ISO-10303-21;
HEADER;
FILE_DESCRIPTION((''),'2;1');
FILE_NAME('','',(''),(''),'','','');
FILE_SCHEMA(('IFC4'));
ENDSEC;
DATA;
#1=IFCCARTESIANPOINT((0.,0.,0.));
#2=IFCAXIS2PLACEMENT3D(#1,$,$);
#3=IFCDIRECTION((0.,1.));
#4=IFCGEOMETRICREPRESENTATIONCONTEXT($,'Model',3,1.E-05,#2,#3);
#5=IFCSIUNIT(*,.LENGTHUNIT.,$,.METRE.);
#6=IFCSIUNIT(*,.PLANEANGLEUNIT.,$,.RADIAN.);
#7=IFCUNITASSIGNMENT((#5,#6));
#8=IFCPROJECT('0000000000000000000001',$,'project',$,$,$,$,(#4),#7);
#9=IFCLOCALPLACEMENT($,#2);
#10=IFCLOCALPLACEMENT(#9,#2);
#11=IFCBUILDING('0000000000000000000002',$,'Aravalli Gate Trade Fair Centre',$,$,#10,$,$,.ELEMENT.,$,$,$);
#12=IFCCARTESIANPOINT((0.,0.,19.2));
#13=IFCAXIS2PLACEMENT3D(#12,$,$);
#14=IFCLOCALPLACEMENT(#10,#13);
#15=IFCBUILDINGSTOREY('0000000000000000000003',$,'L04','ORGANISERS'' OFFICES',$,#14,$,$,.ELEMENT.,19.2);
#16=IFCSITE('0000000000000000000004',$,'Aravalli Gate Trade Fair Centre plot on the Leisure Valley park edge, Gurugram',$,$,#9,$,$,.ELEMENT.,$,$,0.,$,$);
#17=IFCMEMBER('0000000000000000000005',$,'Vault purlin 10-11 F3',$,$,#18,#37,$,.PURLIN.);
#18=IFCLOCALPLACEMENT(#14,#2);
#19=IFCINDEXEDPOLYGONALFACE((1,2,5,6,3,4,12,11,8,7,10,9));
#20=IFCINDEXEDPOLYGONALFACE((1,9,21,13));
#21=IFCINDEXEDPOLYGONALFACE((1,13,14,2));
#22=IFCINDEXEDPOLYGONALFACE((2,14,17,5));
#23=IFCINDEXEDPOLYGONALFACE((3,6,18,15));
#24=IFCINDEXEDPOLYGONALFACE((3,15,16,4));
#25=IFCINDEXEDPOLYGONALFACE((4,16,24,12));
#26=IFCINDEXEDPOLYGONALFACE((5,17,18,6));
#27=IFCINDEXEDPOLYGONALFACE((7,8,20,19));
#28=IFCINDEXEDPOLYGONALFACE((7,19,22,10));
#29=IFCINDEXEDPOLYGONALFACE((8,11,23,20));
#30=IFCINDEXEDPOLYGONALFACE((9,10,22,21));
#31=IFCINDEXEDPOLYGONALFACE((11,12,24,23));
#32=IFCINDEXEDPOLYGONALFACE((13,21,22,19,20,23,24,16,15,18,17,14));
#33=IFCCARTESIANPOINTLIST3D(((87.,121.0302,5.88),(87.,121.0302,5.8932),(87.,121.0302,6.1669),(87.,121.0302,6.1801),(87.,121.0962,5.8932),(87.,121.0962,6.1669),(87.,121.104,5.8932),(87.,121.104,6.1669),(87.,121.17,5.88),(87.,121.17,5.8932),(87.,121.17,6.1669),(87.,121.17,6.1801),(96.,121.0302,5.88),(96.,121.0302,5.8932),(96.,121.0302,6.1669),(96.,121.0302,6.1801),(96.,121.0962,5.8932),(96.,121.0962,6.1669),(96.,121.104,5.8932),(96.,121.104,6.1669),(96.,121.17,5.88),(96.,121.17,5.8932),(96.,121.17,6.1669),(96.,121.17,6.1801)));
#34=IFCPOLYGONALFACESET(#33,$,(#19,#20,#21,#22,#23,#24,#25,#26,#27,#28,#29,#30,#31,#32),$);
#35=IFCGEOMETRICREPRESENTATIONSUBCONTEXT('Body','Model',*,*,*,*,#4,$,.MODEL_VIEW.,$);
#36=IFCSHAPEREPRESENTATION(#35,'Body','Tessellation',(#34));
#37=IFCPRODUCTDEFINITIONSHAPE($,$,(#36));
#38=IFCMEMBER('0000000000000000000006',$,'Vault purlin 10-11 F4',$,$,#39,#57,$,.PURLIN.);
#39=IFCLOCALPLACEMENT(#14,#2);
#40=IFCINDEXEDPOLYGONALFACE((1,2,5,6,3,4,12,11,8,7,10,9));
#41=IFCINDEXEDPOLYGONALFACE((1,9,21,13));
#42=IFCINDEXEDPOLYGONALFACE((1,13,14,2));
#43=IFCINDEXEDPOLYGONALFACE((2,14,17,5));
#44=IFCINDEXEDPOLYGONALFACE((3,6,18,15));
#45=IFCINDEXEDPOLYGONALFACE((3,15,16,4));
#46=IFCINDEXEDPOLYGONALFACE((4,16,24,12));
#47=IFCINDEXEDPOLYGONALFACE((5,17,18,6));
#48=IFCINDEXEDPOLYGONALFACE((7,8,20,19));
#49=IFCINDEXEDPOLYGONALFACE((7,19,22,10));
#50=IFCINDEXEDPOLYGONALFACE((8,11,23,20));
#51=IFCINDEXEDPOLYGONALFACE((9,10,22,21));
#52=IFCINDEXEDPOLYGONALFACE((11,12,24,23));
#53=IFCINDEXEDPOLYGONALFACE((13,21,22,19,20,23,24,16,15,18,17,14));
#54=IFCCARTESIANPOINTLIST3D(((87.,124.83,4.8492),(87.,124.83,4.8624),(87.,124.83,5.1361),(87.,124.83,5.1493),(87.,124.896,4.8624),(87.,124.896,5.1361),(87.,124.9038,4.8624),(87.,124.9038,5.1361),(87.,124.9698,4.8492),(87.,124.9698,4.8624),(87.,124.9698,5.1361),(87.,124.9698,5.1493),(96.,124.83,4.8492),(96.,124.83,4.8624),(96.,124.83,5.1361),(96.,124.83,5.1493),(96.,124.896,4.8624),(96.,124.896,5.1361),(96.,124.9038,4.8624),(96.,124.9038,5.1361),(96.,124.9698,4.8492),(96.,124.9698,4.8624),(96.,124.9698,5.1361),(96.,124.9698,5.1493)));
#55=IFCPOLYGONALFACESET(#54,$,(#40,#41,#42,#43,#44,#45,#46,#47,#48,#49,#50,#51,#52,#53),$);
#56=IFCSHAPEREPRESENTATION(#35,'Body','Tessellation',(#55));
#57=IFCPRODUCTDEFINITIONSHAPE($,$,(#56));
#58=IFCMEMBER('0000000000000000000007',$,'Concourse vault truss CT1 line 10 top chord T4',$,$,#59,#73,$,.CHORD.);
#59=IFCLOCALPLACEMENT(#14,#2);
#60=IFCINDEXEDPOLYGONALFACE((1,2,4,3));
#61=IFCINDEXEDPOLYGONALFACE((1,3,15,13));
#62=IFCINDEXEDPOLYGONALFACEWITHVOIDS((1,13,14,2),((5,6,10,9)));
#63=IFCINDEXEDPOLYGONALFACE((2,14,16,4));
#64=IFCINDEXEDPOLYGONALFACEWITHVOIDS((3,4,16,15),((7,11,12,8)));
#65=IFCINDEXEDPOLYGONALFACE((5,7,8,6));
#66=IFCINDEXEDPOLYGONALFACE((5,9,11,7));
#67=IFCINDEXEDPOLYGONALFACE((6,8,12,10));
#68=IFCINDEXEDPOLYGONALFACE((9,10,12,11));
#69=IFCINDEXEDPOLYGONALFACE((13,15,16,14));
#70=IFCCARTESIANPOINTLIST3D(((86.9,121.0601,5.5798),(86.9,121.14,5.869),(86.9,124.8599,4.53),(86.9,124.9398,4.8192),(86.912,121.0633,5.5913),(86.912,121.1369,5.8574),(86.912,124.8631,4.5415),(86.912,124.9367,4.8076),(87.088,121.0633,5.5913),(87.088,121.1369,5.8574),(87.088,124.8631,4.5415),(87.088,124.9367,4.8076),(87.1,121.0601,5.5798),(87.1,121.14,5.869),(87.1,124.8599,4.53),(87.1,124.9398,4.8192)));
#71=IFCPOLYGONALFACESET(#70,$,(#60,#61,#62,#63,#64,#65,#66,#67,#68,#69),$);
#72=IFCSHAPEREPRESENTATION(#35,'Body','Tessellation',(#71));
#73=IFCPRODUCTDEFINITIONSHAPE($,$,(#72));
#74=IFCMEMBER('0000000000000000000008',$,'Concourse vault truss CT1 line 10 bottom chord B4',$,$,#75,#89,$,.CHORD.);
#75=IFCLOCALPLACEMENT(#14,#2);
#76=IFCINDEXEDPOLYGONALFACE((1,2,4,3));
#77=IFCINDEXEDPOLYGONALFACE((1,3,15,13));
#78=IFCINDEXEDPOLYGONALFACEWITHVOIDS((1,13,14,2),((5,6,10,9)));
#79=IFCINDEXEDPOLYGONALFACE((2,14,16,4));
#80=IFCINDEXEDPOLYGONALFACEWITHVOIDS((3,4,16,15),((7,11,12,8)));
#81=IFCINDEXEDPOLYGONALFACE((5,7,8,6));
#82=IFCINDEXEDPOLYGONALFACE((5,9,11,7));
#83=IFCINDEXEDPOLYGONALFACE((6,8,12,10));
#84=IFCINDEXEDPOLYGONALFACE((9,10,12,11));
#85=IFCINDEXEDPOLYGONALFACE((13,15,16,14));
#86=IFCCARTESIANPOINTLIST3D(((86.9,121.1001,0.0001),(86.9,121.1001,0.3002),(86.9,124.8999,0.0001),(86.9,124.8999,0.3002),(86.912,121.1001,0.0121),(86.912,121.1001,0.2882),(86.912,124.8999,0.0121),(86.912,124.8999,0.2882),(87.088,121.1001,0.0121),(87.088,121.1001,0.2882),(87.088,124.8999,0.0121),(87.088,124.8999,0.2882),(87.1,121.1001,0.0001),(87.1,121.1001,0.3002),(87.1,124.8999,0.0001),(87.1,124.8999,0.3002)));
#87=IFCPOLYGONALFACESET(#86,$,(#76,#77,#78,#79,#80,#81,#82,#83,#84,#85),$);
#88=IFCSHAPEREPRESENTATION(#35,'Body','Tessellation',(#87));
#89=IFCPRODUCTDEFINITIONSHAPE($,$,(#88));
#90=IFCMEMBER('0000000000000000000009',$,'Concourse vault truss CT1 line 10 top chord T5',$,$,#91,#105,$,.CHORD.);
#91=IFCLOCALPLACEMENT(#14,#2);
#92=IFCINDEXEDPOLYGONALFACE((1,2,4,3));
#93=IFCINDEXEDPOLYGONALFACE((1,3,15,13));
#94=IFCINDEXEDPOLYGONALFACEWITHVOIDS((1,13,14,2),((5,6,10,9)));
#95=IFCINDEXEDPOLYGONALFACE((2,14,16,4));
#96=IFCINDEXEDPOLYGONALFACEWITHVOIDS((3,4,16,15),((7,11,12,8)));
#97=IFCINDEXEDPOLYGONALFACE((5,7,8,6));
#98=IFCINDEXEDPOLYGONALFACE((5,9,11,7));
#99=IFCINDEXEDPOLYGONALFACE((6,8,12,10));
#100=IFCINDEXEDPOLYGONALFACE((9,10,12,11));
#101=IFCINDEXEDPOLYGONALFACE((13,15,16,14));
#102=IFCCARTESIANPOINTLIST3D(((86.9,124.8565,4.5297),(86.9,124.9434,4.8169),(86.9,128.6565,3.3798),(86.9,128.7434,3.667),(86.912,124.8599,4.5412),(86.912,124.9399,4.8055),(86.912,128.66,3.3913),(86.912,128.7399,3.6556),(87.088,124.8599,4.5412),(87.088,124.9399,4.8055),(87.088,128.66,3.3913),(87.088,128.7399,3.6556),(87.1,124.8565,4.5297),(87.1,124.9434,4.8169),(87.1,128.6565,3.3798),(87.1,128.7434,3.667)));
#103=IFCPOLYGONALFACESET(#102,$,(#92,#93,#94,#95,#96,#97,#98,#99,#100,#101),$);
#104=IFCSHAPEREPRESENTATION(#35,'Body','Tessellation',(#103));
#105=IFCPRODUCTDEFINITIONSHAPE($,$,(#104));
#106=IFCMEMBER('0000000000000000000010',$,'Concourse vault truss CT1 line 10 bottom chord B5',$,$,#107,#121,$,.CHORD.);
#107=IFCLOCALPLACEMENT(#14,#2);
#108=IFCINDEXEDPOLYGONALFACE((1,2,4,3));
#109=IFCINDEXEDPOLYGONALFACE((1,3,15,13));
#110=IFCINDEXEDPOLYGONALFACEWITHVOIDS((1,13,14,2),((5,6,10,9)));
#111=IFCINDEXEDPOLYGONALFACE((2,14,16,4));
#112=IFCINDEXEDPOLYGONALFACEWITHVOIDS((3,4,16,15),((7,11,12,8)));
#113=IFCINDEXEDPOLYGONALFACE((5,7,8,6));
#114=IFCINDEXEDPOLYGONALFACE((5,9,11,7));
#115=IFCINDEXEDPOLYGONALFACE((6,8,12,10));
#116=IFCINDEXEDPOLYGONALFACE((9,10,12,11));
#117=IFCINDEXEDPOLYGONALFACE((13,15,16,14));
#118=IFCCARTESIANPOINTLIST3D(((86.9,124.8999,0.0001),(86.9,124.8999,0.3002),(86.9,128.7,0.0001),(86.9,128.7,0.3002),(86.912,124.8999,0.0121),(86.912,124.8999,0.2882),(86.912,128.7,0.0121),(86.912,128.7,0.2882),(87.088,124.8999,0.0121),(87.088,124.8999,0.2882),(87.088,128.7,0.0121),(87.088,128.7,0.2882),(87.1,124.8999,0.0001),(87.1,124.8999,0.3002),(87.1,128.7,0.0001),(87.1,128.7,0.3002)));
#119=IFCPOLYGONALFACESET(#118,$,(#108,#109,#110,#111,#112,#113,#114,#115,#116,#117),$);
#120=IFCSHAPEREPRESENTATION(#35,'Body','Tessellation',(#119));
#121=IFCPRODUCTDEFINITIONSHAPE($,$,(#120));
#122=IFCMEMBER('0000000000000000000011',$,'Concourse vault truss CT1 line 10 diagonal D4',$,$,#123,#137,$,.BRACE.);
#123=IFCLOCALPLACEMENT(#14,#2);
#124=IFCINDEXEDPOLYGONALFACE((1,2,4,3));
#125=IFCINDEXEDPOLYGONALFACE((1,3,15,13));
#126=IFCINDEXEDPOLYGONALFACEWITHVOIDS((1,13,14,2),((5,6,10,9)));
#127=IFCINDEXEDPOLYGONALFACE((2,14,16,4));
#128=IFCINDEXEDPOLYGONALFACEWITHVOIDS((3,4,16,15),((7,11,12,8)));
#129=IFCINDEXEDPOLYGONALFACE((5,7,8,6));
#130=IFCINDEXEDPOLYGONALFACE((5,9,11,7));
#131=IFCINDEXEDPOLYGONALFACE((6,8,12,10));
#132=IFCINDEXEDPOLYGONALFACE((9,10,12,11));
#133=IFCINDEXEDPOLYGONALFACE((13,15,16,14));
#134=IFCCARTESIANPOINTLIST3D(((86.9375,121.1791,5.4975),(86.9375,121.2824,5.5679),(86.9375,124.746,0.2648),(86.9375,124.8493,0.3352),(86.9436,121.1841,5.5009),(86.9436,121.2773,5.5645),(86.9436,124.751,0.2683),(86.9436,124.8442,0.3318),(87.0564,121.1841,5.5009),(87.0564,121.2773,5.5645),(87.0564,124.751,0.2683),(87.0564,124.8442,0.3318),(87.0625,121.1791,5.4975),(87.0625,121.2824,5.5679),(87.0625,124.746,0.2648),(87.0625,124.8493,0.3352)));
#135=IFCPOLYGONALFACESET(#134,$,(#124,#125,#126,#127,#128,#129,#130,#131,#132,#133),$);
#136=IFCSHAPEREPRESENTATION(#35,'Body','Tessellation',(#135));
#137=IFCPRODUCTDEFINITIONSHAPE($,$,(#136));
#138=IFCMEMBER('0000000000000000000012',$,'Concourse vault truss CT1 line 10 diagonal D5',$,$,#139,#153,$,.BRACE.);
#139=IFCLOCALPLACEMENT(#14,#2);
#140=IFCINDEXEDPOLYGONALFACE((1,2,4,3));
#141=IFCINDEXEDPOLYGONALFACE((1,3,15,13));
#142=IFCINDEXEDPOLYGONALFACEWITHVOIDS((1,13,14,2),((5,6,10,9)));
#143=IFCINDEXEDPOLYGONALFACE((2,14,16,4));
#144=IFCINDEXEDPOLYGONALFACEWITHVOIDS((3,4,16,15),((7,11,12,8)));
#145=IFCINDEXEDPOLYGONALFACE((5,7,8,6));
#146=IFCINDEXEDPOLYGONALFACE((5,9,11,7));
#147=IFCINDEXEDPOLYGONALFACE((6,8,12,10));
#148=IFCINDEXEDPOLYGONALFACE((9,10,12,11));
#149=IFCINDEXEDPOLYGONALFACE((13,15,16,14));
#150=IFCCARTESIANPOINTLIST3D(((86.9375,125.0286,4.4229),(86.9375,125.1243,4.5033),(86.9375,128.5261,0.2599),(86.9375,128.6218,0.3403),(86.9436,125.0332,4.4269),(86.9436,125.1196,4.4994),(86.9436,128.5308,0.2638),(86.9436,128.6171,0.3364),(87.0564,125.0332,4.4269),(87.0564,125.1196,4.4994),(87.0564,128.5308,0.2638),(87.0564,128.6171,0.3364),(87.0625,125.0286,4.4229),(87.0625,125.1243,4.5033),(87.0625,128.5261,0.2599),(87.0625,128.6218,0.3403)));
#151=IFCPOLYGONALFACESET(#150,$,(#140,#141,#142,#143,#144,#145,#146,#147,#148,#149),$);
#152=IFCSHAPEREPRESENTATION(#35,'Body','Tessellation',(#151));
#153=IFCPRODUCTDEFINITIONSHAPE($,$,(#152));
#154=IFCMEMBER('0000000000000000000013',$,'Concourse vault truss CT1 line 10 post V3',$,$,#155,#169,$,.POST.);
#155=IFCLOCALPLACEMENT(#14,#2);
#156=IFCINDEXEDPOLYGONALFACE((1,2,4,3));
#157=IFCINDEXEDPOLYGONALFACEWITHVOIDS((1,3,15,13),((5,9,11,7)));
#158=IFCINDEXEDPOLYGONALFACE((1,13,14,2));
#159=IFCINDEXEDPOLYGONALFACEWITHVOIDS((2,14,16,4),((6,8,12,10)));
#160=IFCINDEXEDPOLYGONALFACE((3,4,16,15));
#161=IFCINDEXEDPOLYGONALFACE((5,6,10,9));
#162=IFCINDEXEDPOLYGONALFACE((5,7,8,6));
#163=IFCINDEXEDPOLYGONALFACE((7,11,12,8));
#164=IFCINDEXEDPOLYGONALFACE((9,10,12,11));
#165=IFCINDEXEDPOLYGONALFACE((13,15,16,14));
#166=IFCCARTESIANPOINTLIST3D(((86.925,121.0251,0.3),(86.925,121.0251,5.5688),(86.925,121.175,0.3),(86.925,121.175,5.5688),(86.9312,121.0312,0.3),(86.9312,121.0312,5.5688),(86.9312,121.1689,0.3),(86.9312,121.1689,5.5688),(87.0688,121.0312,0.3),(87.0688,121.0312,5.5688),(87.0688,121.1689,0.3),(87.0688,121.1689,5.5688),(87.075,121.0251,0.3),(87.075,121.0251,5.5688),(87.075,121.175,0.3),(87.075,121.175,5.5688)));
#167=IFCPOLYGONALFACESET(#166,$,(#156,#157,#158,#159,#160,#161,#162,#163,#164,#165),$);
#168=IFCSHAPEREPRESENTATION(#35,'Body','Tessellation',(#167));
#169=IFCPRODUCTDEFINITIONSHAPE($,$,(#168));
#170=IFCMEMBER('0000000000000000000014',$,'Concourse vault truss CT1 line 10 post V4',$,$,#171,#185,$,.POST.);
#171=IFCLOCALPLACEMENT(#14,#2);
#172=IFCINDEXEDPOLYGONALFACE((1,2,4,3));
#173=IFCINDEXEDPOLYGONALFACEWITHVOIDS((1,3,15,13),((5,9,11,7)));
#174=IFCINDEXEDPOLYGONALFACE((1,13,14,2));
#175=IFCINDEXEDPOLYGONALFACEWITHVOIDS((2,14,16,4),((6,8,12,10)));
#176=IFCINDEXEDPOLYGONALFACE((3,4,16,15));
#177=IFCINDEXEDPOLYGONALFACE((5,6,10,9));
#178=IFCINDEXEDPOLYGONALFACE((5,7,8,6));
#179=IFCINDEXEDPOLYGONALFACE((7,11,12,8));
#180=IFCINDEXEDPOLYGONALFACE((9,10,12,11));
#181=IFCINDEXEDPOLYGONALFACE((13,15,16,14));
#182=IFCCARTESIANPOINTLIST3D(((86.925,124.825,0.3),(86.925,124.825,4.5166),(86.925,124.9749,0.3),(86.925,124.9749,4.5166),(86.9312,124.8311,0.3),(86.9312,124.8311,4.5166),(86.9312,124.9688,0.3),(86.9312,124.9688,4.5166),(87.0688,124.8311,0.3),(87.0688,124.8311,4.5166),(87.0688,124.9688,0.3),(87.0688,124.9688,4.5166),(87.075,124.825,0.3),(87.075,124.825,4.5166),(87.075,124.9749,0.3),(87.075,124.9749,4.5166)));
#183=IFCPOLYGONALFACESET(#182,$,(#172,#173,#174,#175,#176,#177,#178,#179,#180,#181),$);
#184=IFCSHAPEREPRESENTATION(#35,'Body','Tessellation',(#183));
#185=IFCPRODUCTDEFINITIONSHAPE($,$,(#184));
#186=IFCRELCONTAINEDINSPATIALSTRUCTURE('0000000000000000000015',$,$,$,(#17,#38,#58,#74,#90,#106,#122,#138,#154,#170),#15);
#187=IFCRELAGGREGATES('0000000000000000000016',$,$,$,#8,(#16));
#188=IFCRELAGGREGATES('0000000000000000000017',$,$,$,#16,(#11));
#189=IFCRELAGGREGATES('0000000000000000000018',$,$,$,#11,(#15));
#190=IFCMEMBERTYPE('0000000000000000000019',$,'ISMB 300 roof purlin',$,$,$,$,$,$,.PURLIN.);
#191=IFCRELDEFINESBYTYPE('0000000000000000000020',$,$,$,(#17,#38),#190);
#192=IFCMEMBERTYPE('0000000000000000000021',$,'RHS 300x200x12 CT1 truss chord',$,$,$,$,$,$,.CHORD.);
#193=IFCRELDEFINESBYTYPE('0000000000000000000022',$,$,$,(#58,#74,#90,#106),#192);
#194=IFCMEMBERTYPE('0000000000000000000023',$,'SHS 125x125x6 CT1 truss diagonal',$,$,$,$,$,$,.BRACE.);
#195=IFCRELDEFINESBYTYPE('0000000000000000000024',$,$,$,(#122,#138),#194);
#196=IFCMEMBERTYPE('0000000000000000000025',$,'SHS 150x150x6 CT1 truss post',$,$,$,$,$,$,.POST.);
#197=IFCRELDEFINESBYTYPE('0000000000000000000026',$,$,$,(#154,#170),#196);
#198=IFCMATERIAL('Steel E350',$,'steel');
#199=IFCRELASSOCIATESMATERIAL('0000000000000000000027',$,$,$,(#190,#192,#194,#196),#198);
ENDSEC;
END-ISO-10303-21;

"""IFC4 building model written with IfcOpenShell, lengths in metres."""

from ifc_helpers import new_model, si_unit, direction, frame, origin, origin_2d, place, context, subcontext, project, spatial, hollow_rectangle, i_section, extrude, material, material_profile, profile_set, type_object, element, save


model = new_model("IFC4")

# Units and contexts
model_context = context("Model", 3, precision=1e-05, world=origin(), true_north=direction((0.0, 1.0)))
body_context = subcontext(model_context, "Body", "Model", "MODEL_VIEW")
ifc_project = project(units=[si_unit("LENGTHUNIT", "METRE"), si_unit("PLANEANGLEUNIT", "RADIAN")], contexts=[model_context])

# Site, building, storey
site_placement = place(None, origin())
site = spatial("IfcSite", under=ifc_project, at=site_placement, Name="Aravalli Gate Trade Fair Centre plot on the Leisure Valley park edge, Gurugram", CompositionType="ELEMENT", RefElevation=0.0)
building_placement = place(site_placement, origin())
building = spatial("IfcBuilding", under=site, at=building_placement, Name="Aravalli Gate Trade Fair Centre", CompositionType="ELEMENT")
storey_placement = place(building_placement, frame((0.0, 0.0, 19.2)))
storey = spatial("IfcBuildingStorey", under=building, at=storey_placement, Name="L04", Description="ORGANISERS' OFFICES", CompositionType="ELEMENT", Elevation=19.2)

# Members
ifc_material_1 = material(Name="Steel E350", Category="steel")
ifc_material_profile_1 = material_profile(ifc_material_1, i_section(OverallWidth=0.1399, OverallDepth=0.3, WebThickness=0.0078, FlangeThickness=0.0132, at=origin_2d()), Name="ISMB 300")
ifc_profile_set_1 = profile_set([ifc_material_profile_1], Name="Steel E350")
member_type_1 = type_object("IfcMemberType", Name="ISMB 300 roof purlin", PredefinedType="PURLIN", material=ifc_profile_set_1)
for number, where, z_axis, x_axis, name in (
    (1, (87.0, 121.1001, 6.03), (1.0, 0.0, 0.0), (0.0, 1.0, 0.0), "Vault purlin 10-11 F3"),
    (2, (87.0, 124.8999, 4.9993), (1.0, 0.0, 0.0), (0.0, 1.0, 0.0), "Vault purlin 10-11 F4"),
):
    element("IfcMember", number, at=place(storey_placement, frame(where, z_axis=z_axis, x_axis=x_axis)), inside=storey, type_object=member_type_1, Name=name, PredefinedType="PURLIN", context=body_context, shape_type="SweptSolid", body=[
        extrude(i_section(OverallWidth=0.1399, OverallDepth=0.3, WebThickness=0.0078, FlangeThickness=0.0132, at=origin_2d()), origin(), (0.0, 0.0, 1.0), 9.0),
    ])
ifc_material_profile_2 = material_profile(ifc_material_1, hollow_rectangle(XDim=0.2, YDim=0.3, WallThickness=0.012, at=origin_2d()), Name="RHS 300x200x12")
ifc_profile_set_2 = profile_set([ifc_material_profile_2], Name="Steel E350")
member_type_2 = type_object("IfcMemberType", Name="RHS 300x200x12 CT1 truss chord", PredefinedType="CHORD", material=ifc_profile_set_2)
member_1_placement = place(storey_placement, frame((87.0, 121.1001, 5.7244), z_axis=(0.0, 0.96389, -0.266302), x_axis=(-1.0, 0.0, 0.0)))
element("IfcMember", 3, at=member_1_placement, inside=storey, type_object=member_type_2, Name="Concourse vault truss CT1 line 10 top chord T4", PredefinedType="CHORD", context=body_context, shape_type="SweptSolid", body=[
    extrude(hollow_rectangle(XDim=0.2, YDim=0.3, WallThickness=0.012, at=origin_2d()), origin(), (0.0, 0.0, 1.0), 3.9421),
])
member_2_placement = place(storey_placement, frame((87.0, 121.1001, 0.1501), z_axis=(0.0, 1.0, 0.0), x_axis=(-1.0, 0.0, 0.0)))
element("IfcMember", 4, at=member_2_placement, inside=storey, type_object=member_type_2, Name="Concourse vault truss CT1 line 10 bottom chord B4", PredefinedType="CHORD", context=body_context, shape_type="SweptSolid", body=[
    extrude(hollow_rectangle(XDim=0.2, YDim=0.3, WallThickness=0.012, at=origin_2d()), origin(), (0.0, 0.0, 1.0), 3.7998),
])
member_3_placement = place(storey_placement, frame((87.0, 124.8999, 4.6733), z_axis=(0.0, 0.957138, -0.289632), x_axis=(-1.0, 0.0, 0.0)))
element("IfcMember", 5, at=member_3_placement, inside=storey, type_object=member_type_2, Name="Concourse vault truss CT1 line 10 top chord T5", PredefinedType="CHORD", context=body_context, shape_type="SweptSolid", body=[
    extrude(hollow_rectangle(XDim=0.2, YDim=0.3, WallThickness=0.012, at=origin_2d()), origin(), (0.0, 0.0, 1.0), 3.9702),
])
member_4_placement = place(storey_placement, frame((87.0, 124.8999, 0.1501), z_axis=(0.0, 1.0, 0.0), x_axis=(-1.0, 0.0, 0.0)))
element("IfcMember", 6, at=member_4_placement, inside=storey, type_object=member_type_2, Name="Concourse vault truss CT1 line 10 bottom chord B5", PredefinedType="CHORD", context=body_context, shape_type="SweptSolid", body=[
    extrude(hollow_rectangle(XDim=0.2, YDim=0.3, WallThickness=0.012, at=origin_2d()), origin(), (0.0, 0.0, 1.0), 3.8),
])
ifc_material_profile_3 = material_profile(ifc_material_1, hollow_rectangle(XDim=0.125, YDim=0.125, WallThickness=0.0061, at=origin_2d()), Name="SHS 125x125x6")
ifc_profile_set_3 = profile_set([ifc_material_profile_3], Name="Steel E350")
member_type_3 = type_object("IfcMemberType", Name="SHS 125x125x6 CT1 truss diagonal", PredefinedType="BRACE", material=ifc_profile_set_3)
member_5_placement = place(storey_placement, frame((87.0, 121.2307, 5.5327), z_axis=(0.0, 0.563247, -0.826289), x_axis=(-1.0, 0.0, 0.0)))
element("IfcMember", 7, at=member_5_placement, inside=storey, type_object=member_type_3, Name="Concourse vault truss CT1 line 10 diagonal D4", PredefinedType="BRACE", context=body_context, shape_type="SweptSolid", body=[
    extrude(hollow_rectangle(XDim=0.125, YDim=0.125, WallThickness=0.0061, at=origin_2d()), origin(), (0.0, 0.0, 1.0), 6.3328),
])
member_6_placement = place(storey_placement, frame((87.0, 125.0764, 4.4631), z_axis=(0.0, 0.643253, -0.765654), x_axis=(-1.0, 0.0, 0.0)))
element("IfcMember", 8, at=member_6_placement, inside=storey, type_object=member_type_3, Name="Concourse vault truss CT1 line 10 diagonal D5", PredefinedType="BRACE", context=body_context, shape_type="SweptSolid", body=[
    extrude(hollow_rectangle(XDim=0.125, YDim=0.125, WallThickness=0.0061, at=origin_2d()), origin(), (0.0, 0.0, 1.0), 5.4373),
])
ifc_material_profile_4 = material_profile(ifc_material_1, hollow_rectangle(XDim=0.1499, YDim=0.1499, WallThickness=0.0061, at=origin_2d()), Name="SHS 150x150x6")
ifc_profile_set_4 = profile_set([ifc_material_profile_4], Name="Steel E350")
member_type_4 = type_object("IfcMemberType", Name="SHS 150x150x6 CT1 truss post", PredefinedType="POST", material=ifc_profile_set_4)
member_7_placement = place(storey_placement, frame((87.0, 121.1001, 0.3), z_axis=(0.0, 0.0, 1.0), x_axis=(1.0, 0.0, 0.0)))
element("IfcMember", 9, at=member_7_placement, inside=storey, type_object=member_type_4, Name="Concourse vault truss CT1 line 10 post V3", PredefinedType="POST", context=body_context, shape_type="SweptSolid", body=[
    extrude(hollow_rectangle(XDim=0.1499, YDim=0.1499, WallThickness=0.0061, at=origin_2d()), origin(), (0.0, 0.0, 1.0), 5.2688),
])
member_8_placement = place(storey_placement, frame((87.0, 124.8999, 0.3), z_axis=(0.0, 0.0, 1.0), x_axis=(1.0, 0.0, 0.0)))
element("IfcMember", 10, at=member_8_placement, inside=storey, type_object=member_type_4, Name="Concourse vault truss CT1 line 10 post V4", PredefinedType="POST", context=body_context, shape_type="SweptSolid", body=[
    extrude(hollow_rectangle(XDim=0.1499, YDim=0.1499, WallThickness=0.0061, at=origin_2d()), origin(), (0.0, 0.0, 1.0), 4.2166),
])

save(model, "model.ifc")
